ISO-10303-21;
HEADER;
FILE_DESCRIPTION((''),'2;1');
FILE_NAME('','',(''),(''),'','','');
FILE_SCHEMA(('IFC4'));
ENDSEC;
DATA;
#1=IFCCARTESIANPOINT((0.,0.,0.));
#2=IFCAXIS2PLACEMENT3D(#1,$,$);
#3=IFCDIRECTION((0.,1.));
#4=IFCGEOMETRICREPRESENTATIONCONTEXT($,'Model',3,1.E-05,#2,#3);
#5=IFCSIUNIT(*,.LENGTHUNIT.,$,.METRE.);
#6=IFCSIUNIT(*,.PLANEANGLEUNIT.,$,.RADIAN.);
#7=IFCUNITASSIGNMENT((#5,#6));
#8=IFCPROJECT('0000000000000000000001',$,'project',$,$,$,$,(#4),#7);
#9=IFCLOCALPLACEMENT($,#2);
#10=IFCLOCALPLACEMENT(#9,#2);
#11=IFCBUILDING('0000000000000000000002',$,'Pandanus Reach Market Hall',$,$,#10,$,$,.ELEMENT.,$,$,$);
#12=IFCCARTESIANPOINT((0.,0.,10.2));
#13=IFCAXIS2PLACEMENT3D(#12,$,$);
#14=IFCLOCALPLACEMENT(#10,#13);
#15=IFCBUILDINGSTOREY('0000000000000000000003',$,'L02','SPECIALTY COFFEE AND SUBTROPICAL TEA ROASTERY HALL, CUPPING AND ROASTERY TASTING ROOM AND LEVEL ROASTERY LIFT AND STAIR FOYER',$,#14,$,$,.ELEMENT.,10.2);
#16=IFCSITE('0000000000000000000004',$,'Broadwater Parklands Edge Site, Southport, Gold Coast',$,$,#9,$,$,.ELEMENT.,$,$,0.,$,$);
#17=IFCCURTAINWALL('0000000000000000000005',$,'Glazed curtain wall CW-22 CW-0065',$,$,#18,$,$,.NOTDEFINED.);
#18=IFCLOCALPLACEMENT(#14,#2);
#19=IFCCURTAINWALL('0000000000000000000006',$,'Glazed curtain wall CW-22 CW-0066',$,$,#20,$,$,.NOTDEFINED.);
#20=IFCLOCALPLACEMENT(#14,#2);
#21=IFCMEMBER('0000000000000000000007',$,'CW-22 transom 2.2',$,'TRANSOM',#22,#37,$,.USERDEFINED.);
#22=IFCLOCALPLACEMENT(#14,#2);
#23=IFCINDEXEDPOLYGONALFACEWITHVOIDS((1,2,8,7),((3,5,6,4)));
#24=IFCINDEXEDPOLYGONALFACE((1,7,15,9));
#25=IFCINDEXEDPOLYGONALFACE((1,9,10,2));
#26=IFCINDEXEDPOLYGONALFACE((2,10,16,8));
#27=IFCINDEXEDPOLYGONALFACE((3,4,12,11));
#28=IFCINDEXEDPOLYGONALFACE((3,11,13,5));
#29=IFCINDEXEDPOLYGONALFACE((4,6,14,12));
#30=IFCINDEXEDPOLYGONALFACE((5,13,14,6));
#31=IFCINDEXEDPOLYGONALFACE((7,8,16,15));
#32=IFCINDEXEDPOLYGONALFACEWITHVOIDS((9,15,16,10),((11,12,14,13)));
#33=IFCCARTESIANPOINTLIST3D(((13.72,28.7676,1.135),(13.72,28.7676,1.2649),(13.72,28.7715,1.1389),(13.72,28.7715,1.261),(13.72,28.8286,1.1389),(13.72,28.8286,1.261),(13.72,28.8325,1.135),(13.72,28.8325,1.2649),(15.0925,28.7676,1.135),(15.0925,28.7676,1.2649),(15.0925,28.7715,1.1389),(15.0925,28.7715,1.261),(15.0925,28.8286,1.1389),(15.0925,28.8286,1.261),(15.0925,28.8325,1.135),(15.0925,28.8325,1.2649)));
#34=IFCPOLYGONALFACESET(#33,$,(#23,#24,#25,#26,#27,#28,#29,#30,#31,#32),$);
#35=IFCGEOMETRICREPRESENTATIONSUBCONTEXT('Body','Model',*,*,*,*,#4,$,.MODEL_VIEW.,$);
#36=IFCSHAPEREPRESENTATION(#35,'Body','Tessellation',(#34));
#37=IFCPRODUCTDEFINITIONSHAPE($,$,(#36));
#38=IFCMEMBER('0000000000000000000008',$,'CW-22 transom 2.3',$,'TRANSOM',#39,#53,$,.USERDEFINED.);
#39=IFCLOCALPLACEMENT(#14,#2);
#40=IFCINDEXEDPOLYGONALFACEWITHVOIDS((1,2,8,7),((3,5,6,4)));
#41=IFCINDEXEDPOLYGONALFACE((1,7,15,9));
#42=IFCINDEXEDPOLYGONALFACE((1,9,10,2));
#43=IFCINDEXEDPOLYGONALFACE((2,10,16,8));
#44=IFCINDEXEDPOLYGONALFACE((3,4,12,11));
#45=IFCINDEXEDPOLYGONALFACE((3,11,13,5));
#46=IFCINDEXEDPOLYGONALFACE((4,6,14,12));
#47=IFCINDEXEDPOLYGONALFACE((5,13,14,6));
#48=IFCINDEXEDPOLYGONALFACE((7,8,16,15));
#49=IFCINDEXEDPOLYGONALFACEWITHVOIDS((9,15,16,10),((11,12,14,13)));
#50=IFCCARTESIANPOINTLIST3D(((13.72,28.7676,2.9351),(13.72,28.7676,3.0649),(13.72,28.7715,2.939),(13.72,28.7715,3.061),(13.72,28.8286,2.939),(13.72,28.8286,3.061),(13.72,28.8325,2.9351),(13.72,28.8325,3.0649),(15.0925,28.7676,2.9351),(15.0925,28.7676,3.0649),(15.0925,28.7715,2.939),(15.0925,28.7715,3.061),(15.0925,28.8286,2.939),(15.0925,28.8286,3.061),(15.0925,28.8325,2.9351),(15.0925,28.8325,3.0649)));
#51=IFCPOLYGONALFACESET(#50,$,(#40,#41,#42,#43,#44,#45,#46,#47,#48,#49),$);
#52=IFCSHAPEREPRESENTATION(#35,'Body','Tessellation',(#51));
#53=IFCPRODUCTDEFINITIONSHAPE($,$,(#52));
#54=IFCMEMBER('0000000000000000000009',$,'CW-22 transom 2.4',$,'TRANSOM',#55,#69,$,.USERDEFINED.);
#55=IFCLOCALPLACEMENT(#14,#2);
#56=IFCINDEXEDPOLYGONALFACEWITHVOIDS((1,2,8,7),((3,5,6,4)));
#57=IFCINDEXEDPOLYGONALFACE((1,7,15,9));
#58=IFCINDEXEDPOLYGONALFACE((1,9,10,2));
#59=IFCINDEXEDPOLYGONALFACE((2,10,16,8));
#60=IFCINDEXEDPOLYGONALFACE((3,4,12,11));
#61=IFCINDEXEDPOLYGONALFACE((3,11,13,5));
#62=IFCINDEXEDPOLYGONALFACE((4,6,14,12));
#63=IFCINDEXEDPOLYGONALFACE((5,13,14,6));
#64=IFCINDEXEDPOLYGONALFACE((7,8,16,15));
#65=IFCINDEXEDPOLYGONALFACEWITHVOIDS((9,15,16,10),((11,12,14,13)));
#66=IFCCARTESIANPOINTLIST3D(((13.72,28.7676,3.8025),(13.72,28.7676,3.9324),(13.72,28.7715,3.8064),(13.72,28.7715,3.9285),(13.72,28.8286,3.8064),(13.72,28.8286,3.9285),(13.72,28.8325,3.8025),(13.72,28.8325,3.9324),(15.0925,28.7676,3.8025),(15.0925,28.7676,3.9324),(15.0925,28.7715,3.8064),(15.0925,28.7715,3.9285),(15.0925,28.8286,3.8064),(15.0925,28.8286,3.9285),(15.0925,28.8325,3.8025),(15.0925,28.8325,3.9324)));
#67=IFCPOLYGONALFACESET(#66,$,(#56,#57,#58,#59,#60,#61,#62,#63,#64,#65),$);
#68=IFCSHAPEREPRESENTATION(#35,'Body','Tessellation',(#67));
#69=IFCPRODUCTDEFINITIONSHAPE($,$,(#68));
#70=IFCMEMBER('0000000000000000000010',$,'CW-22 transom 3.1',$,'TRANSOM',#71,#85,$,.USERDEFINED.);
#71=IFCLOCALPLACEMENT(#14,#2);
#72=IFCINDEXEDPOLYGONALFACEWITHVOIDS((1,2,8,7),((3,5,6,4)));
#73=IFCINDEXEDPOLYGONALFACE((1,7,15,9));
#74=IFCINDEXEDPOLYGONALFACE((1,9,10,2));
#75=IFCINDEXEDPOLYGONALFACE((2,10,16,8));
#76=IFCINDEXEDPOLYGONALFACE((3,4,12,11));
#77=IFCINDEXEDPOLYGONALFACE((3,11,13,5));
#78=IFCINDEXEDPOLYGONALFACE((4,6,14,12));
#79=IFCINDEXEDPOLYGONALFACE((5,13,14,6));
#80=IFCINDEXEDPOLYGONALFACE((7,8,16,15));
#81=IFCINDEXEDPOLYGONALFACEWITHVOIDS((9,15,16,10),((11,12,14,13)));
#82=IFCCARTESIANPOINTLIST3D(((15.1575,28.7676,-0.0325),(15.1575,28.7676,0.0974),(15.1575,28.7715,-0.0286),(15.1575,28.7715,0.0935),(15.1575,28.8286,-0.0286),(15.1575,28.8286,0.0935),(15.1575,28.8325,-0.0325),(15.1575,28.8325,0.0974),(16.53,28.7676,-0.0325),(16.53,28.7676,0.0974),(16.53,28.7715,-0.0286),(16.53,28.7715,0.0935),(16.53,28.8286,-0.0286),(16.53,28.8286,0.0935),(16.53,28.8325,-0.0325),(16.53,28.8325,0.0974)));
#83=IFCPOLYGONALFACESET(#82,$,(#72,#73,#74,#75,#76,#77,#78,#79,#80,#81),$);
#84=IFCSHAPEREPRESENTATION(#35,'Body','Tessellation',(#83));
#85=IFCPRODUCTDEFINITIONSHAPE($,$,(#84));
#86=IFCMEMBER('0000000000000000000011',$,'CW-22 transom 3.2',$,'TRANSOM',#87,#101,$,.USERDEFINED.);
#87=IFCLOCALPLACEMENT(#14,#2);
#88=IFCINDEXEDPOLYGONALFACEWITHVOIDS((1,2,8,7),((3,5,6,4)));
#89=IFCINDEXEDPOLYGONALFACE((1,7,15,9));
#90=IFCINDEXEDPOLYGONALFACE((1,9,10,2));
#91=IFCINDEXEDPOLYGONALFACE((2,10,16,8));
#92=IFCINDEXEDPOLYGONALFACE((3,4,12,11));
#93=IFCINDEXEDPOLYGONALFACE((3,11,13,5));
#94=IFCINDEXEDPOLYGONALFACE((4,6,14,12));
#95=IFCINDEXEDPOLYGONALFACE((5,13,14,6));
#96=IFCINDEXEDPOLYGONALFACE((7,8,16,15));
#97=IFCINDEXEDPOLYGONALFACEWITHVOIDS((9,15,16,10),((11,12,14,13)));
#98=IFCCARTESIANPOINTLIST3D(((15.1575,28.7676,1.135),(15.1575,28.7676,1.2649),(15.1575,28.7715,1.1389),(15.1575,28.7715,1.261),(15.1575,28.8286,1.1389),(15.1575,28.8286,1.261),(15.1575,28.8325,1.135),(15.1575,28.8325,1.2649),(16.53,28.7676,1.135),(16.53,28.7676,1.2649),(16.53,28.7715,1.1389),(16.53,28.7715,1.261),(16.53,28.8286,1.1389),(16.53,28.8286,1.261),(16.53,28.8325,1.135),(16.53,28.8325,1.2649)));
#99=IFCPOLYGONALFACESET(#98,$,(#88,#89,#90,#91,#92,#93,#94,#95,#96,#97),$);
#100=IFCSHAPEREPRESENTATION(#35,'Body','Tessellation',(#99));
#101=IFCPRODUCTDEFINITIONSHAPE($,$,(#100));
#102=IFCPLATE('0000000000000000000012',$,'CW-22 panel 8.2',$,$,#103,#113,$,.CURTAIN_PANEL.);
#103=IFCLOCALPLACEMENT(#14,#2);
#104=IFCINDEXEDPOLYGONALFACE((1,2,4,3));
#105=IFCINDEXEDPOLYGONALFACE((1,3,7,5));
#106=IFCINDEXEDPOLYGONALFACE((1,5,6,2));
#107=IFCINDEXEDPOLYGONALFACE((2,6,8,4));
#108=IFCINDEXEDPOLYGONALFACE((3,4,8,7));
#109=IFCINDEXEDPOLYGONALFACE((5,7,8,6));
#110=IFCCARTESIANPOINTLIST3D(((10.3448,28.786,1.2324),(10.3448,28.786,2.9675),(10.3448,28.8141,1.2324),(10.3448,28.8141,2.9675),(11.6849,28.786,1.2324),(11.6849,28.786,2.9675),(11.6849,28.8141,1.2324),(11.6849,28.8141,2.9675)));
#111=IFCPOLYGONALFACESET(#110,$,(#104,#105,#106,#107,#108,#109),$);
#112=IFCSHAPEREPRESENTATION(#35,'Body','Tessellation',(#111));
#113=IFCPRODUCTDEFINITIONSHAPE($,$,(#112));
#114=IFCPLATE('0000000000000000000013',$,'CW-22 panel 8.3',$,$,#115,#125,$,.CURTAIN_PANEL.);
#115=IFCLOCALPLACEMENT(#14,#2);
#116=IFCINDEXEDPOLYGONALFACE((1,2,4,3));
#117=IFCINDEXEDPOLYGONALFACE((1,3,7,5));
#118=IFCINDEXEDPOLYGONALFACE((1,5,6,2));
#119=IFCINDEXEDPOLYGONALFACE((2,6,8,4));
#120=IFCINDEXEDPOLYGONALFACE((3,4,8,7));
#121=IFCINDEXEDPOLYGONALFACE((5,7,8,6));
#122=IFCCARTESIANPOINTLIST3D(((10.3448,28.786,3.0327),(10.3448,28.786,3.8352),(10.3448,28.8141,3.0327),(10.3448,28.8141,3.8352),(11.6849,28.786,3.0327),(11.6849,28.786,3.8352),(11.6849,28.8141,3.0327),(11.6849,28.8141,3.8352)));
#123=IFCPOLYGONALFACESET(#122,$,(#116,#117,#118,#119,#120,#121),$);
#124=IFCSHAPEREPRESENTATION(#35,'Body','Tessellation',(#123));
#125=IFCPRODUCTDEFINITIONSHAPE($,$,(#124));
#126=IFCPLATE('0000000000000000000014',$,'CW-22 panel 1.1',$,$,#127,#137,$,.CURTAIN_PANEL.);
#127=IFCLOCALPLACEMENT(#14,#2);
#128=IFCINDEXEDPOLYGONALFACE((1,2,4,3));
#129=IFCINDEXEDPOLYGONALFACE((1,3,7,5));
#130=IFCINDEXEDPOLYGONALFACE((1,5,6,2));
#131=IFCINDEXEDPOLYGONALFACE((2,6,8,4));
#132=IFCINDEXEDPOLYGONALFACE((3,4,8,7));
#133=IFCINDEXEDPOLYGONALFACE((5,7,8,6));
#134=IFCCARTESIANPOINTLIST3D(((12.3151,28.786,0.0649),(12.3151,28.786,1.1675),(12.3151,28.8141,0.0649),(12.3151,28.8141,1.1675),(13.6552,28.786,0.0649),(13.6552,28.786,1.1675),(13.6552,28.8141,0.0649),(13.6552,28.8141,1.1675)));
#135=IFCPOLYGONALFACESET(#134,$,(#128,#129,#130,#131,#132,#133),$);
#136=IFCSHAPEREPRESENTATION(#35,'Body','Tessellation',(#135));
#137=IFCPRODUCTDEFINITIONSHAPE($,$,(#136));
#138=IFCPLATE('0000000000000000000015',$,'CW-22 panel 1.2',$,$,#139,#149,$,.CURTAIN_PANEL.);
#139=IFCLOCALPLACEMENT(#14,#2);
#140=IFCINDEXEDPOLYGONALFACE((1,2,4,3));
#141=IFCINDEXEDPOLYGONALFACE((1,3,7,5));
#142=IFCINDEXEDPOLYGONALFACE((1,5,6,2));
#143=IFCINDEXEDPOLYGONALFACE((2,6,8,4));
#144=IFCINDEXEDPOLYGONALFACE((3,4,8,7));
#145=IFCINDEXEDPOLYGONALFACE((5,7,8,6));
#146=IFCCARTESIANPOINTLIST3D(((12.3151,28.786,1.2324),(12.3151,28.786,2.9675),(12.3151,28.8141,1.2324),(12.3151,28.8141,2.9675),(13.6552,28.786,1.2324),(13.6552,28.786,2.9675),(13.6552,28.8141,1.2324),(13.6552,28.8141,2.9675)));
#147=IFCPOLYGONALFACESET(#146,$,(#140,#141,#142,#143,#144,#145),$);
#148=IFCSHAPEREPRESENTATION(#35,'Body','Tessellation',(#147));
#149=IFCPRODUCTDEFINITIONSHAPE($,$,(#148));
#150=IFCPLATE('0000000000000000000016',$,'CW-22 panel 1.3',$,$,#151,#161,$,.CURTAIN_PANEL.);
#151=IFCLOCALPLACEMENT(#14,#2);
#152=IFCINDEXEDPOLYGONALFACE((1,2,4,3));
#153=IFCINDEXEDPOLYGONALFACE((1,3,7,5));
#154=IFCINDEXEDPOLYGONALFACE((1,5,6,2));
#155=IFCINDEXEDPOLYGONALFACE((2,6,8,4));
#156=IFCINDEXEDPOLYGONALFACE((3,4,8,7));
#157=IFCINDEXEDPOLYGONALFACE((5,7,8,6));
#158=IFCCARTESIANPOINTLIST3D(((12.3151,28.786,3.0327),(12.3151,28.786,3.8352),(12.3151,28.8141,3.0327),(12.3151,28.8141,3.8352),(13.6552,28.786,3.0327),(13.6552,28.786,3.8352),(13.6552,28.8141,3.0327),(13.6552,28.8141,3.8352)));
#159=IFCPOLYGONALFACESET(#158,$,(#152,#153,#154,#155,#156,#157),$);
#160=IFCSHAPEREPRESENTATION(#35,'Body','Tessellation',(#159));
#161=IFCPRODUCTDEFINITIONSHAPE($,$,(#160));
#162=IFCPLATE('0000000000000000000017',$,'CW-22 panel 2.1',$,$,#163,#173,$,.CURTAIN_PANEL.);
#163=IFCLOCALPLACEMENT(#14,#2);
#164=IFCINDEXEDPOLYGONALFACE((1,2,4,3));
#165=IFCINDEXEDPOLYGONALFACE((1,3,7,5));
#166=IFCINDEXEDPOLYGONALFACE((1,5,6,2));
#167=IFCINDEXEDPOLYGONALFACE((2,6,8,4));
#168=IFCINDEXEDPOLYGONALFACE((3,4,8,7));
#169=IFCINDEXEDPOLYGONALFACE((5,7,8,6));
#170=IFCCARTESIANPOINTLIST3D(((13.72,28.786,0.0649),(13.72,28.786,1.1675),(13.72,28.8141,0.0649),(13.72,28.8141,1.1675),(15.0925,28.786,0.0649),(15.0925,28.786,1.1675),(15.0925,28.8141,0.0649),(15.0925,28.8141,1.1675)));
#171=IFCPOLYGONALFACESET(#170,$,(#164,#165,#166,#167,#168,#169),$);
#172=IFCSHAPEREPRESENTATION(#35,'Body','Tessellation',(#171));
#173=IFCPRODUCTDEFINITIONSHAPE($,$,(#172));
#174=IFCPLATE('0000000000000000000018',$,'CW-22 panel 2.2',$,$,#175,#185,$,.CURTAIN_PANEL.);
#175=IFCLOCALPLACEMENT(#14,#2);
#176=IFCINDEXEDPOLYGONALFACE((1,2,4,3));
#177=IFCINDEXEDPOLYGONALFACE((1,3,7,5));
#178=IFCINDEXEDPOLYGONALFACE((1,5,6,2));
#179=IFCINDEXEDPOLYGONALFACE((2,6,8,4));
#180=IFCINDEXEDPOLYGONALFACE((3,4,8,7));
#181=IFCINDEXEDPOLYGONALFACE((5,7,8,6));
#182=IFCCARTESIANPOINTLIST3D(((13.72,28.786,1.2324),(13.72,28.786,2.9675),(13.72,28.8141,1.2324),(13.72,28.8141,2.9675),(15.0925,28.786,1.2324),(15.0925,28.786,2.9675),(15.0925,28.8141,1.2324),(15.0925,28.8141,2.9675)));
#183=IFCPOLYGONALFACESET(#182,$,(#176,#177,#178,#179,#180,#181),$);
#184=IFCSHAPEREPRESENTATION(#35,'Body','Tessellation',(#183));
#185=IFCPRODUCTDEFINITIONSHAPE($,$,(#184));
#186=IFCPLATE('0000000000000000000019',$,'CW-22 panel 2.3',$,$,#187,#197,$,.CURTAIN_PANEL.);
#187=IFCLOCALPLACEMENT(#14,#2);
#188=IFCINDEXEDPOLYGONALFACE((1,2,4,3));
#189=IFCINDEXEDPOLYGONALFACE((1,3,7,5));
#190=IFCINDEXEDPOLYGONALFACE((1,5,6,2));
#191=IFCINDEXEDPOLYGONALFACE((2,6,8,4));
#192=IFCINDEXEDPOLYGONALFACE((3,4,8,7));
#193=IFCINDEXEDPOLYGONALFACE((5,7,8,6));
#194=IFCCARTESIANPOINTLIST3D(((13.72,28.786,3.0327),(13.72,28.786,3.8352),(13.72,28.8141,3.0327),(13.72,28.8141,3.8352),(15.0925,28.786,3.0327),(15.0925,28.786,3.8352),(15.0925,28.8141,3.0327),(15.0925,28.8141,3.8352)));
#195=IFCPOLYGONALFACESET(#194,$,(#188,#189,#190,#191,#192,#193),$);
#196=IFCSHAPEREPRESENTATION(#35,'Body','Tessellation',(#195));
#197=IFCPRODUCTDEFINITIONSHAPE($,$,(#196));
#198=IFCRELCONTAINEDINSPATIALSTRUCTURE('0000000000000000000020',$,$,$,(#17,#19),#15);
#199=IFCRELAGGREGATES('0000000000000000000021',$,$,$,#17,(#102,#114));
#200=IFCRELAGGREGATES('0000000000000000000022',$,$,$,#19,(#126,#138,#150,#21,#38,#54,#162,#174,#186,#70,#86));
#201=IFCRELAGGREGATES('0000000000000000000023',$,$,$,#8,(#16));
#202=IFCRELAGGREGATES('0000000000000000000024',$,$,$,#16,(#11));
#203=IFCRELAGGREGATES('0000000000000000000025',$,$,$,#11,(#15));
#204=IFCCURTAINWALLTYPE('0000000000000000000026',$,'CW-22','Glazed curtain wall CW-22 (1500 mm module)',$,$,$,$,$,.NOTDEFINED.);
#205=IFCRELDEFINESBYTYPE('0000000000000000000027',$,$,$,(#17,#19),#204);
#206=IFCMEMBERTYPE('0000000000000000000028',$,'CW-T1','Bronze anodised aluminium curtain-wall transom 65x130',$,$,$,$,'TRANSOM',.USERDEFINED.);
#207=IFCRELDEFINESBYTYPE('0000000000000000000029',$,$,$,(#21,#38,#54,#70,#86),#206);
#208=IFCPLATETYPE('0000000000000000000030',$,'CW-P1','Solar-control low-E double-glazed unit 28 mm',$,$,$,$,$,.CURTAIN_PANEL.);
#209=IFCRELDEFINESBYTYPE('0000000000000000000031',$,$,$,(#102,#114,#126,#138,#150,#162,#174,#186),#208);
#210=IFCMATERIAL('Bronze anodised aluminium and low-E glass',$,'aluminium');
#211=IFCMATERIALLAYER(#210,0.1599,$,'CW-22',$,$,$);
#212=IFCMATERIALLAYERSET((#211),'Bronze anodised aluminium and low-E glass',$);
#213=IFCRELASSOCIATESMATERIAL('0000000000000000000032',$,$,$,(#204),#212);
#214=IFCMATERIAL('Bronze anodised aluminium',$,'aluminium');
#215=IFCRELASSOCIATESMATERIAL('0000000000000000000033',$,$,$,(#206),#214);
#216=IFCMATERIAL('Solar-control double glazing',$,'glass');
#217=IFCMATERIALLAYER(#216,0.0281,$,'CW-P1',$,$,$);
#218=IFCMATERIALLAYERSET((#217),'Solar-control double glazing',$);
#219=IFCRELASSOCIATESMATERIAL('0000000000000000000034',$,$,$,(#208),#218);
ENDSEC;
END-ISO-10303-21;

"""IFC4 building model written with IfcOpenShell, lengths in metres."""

from ifc_helpers import new_model, si_unit, direction, frame, origin, origin_2d, place, context, subcontext, project, spatial, rectangle, hollow_rectangle, extrude, material, layer, layer_set, material_profile, profile_set, type_object, element, aggregate, save


model = new_model("IFC4")

# Units and contexts
model_context = context("Model", 3, precision=1e-05, world=origin(), true_north=direction((0.0, 1.0)))
body_context = subcontext(model_context, "Body", "Model", "MODEL_VIEW")
ifc_project = project(units=[si_unit("LENGTHUNIT", "METRE"), si_unit("PLANEANGLEUNIT", "RADIAN")], contexts=[model_context])

# Site, building, storey
site_placement = place(None, origin())
site = spatial("IfcSite", under=ifc_project, at=site_placement, Name="Broadwater Parklands Edge Site, Southport, Gold Coast", CompositionType="ELEMENT", RefElevation=0.0)
building_placement = place(site_placement, origin())
building = spatial("IfcBuilding", under=site, at=building_placement, Name="Pandanus Reach Market Hall", CompositionType="ELEMENT")
storey_placement = place(building_placement, frame((0.0, 0.0, 10.2)))
storey = spatial("IfcBuildingStorey", under=building, at=storey_placement, Name="L02", Description="SPECIALTY COFFEE AND SUBTROPICAL TEA ROASTERY HALL, CUPPING AND ROASTERY TASTING ROOM AND LEVEL ROASTERY LIFT AND STAIR FOYER", CompositionType="ELEMENT", Elevation=10.2)

# Curtain wall
ifc_material_1 = material(Name="Bronze anodised aluminium and low-E glass", Category="aluminium")
ifc_layer_1 = layer(ifc_material_1, 0.1599, Name="CW-22")
ifc_layer_set_1 = layer_set([ifc_layer_1], Name="Bronze anodised aluminium and low-E glass")
curtain_wall_type = type_object("IfcCurtainWallType", Name="CW-22", Description="Glazed curtain wall CW-22 (1500 mm module)", PredefinedType="NOTDEFINED", material=ifc_layer_set_1)
curtain_wall_1_placement = place(storey_placement, origin())
curtain_wall_1 = element("IfcCurtainWall", 1, at=curtain_wall_1_placement, inside=storey, type_object=curtain_wall_type, Name="Glazed curtain wall CW-22 CW-0065", PredefinedType="NOTDEFINED")
ifc_material_2 = material(Name="Bronze anodised aluminium", Category="aluminium")

# Curtain wall, members
curtain_wall_2_placement = place(storey_placement, origin())
curtain_wall_2 = element("IfcCurtainWall", 2, at=curtain_wall_2_placement, inside=storey, type_object=curtain_wall_type, Name="Glazed curtain wall CW-22 CW-0066", PredefinedType="NOTDEFINED")
ifc_material_profile_1 = material_profile(ifc_material_2, hollow_rectangle(XDim=0.0649, YDim=0.1299, WallThickness=0.0039, at=origin_2d()), Name="ALU65x130", Category="LoadBearing")
ifc_profile_set_1 = profile_set([ifc_material_profile_1], Name="Bronze anodised aluminium")
member_type_1 = type_object("IfcMemberType", Name="CW-T1", Description="Bronze anodised aluminium curtain-wall transom 65x130", ElementType="TRANSOM", PredefinedType="USERDEFINED", material=ifc_profile_set_1)
member_1_placement = place(storey_placement, frame((13.72, 28.8, 1.2), z_axis=(1.0, 0.0, 0.0), x_axis=(0.0, 1.0, 0.0)))
member_1 = element("IfcMember", 3, at=member_1_placement, type_object=member_type_1, Name="CW-22 transom 2.2", ObjectType="TRANSOM", PredefinedType="USERDEFINED", context=body_context, shape_type="SweptSolid", body=[
    extrude(hollow_rectangle(XDim=0.0649, YDim=0.1299, WallThickness=0.0039, at=origin_2d()), origin(), (0.0, 0.0, 1.0), 1.3726),
])
member_2_placement = place(storey_placement, frame((13.72, 28.8, 3.0), z_axis=(1.0, 0.0, 0.0), x_axis=(0.0, 1.0, 0.0)))
member_2 = element("IfcMember", 4, at=member_2_placement, type_object=member_type_1, Name="CW-22 transom 2.3", ObjectType="TRANSOM", PredefinedType="USERDEFINED", context=body_context, shape_type="SweptSolid", body=[
    extrude(hollow_rectangle(XDim=0.0649, YDim=0.1299, WallThickness=0.0039, at=origin_2d()), origin(), (0.0, 0.0, 1.0), 1.3726),
])
member_3_placement = place(storey_placement, frame((13.72, 28.8, 3.8674), z_axis=(1.0, 0.0, 0.0), x_axis=(0.0, 1.0, 0.0)))
member_3 = element("IfcMember", 5, at=member_3_placement, type_object=member_type_1, Name="CW-22 transom 2.4", ObjectType="TRANSOM", PredefinedType="USERDEFINED", context=body_context, shape_type="SweptSolid", body=[
    extrude(hollow_rectangle(XDim=0.0649, YDim=0.1299, WallThickness=0.0039, at=origin_2d()), origin(), (0.0, 0.0, 1.0), 1.3726),
])
member_4_placement = place(storey_placement, frame((15.1575, 28.8, 0.0325), z_axis=(1.0, 0.0, 0.0), x_axis=(0.0, 1.0, 0.0)))
member_4 = element("IfcMember", 6, at=member_4_placement, type_object=member_type_1, Name="CW-22 transom 3.1", ObjectType="TRANSOM", PredefinedType="USERDEFINED", context=body_context, shape_type="SweptSolid", body=[
    extrude(hollow_rectangle(XDim=0.0649, YDim=0.1299, WallThickness=0.0039, at=origin_2d()), origin(), (0.0, 0.0, 1.0), 1.3726),
])
member_5_placement = place(storey_placement, frame((15.1575, 28.8, 1.2), z_axis=(1.0, 0.0, 0.0), x_axis=(0.0, 1.0, 0.0)))
member_5 = element("IfcMember", 7, at=member_5_placement, type_object=member_type_1, Name="CW-22 transom 3.2", ObjectType="TRANSOM", PredefinedType="USERDEFINED", context=body_context, shape_type="SweptSolid", body=[
    extrude(hollow_rectangle(XDim=0.0649, YDim=0.1299, WallThickness=0.0039, at=origin_2d()), origin(), (0.0, 0.0, 1.0), 1.3726),
])

# Plates
ifc_material_3 = material(Name="Solar-control double glazing", Category="glass")
ifc_layer_2 = layer(ifc_material_3, 0.0281, Name="CW-P1")
ifc_layer_set_2 = layer_set([ifc_layer_2], Name="Solar-control double glazing")
plate_type = type_object("IfcPlateType", Name="CW-P1", Description="Solar-control low-E double-glazed unit 28 mm", PredefinedType="CURTAIN_PANEL", material=ifc_layer_set_2)
plate_1_placement = place(storey_placement, frame((11.0149, 28.8, 1.2324), z_axis=(0.0, 0.0, 1.0), x_axis=(1.0, 0.0, 0.0)))
plate_1 = element("IfcPlate", 8, at=plate_1_placement, type_object=plate_type, Name="CW-22 panel 8.2", PredefinedType="CURTAIN_PANEL", context=body_context, shape_type="SweptSolid", body=[
    extrude(rectangle(XDim=1.3401, YDim=0.0281, at=origin_2d()), origin(), (0.0, 0.0, 1.0), 1.7351),
])
plate_2_placement = place(storey_placement, frame((11.0149, 28.8, 3.0327), z_axis=(0.0, 0.0, 1.0), x_axis=(1.0, 0.0, 0.0)))
plate_2 = element("IfcPlate", 9, at=plate_2_placement, type_object=plate_type, Name="CW-22 panel 8.3", PredefinedType="CURTAIN_PANEL", context=body_context, shape_type="SweptSolid", body=[
    extrude(rectangle(XDim=1.3401, YDim=0.0281, at=origin_2d()), origin(), (0.0, 0.0, 1.0), 0.8025),
])
aggregate(curtain_wall_1, [plate_1, plate_2])
plate_3_placement = place(storey_placement, frame((12.9851, 28.8, 0.0649), z_axis=(0.0, 0.0, 1.0), x_axis=(1.0, 0.0, 0.0)))
plate_3 = element("IfcPlate", 10, at=plate_3_placement, type_object=plate_type, Name="CW-22 panel 1.1", PredefinedType="CURTAIN_PANEL", context=body_context, shape_type="SweptSolid", body=[
    extrude(rectangle(XDim=1.3401, YDim=0.0281, at=origin_2d()), origin(), (0.0, 0.0, 1.0), 1.1025),
])
plate_4_placement = place(storey_placement, frame((12.9851, 28.8, 1.2324), z_axis=(0.0, 0.0, 1.0), x_axis=(1.0, 0.0, 0.0)))
plate_4 = element("IfcPlate", 11, at=plate_4_placement, type_object=plate_type, Name="CW-22 panel 1.2", PredefinedType="CURTAIN_PANEL", context=body_context, shape_type="SweptSolid", body=[
    extrude(rectangle(XDim=1.3401, YDim=0.0281, at=origin_2d()), origin(), (0.0, 0.0, 1.0), 1.7351),
])
plate_5_placement = place(storey_placement, frame((12.9851, 28.8, 3.0327), z_axis=(0.0, 0.0, 1.0), x_axis=(1.0, 0.0, 0.0)))
plate_5 = element("IfcPlate", 12, at=plate_5_placement, type_object=plate_type, Name="CW-22 panel 1.3", PredefinedType="CURTAIN_PANEL", context=body_context, shape_type="SweptSolid", body=[
    extrude(rectangle(XDim=1.3401, YDim=0.0281, at=origin_2d()), origin(), (0.0, 0.0, 1.0), 0.8025),
])
plate_6_placement = place(storey_placement, frame((14.4062, 28.8, 0.0649), z_axis=(0.0, 0.0, 1.0), x_axis=(1.0, 0.0, 0.0)))
plate_6 = element("IfcPlate", 13, at=plate_6_placement, type_object=plate_type, Name="CW-22 panel 2.1", PredefinedType="CURTAIN_PANEL", context=body_context, shape_type="SweptSolid", body=[
    extrude(rectangle(XDim=1.3726, YDim=0.0281, at=origin_2d()), origin(), (0.0, 0.0, 1.0), 1.1025),
])
plate_7_placement = place(storey_placement, frame((14.4062, 28.8, 1.2324), z_axis=(0.0, 0.0, 1.0), x_axis=(1.0, 0.0, 0.0)))
plate_7 = element("IfcPlate", 14, at=plate_7_placement, type_object=plate_type, Name="CW-22 panel 2.2", PredefinedType="CURTAIN_PANEL", context=body_context, shape_type="SweptSolid", body=[
    extrude(rectangle(XDim=1.3726, YDim=0.0281, at=origin_2d()), origin(), (0.0, 0.0, 1.0), 1.7351),
])
plate_8_placement = place(storey_placement, frame((14.4062, 28.8, 3.0327), z_axis=(0.0, 0.0, 1.0), x_axis=(1.0, 0.0, 0.0)))
plate_8 = element("IfcPlate", 15, at=plate_8_placement, type_object=plate_type, Name="CW-22 panel 2.3", PredefinedType="CURTAIN_PANEL", context=body_context, shape_type="SweptSolid", body=[
    extrude(rectangle(XDim=1.3726, YDim=0.0281, at=origin_2d()), origin(), (0.0, 0.0, 1.0), 0.8025),
])
aggregate(curtain_wall_2, [plate_3, plate_4, plate_5, member_1, member_2, member_3, plate_6, plate_7, plate_8, member_4, member_5])

save(model, "model.ifc")
